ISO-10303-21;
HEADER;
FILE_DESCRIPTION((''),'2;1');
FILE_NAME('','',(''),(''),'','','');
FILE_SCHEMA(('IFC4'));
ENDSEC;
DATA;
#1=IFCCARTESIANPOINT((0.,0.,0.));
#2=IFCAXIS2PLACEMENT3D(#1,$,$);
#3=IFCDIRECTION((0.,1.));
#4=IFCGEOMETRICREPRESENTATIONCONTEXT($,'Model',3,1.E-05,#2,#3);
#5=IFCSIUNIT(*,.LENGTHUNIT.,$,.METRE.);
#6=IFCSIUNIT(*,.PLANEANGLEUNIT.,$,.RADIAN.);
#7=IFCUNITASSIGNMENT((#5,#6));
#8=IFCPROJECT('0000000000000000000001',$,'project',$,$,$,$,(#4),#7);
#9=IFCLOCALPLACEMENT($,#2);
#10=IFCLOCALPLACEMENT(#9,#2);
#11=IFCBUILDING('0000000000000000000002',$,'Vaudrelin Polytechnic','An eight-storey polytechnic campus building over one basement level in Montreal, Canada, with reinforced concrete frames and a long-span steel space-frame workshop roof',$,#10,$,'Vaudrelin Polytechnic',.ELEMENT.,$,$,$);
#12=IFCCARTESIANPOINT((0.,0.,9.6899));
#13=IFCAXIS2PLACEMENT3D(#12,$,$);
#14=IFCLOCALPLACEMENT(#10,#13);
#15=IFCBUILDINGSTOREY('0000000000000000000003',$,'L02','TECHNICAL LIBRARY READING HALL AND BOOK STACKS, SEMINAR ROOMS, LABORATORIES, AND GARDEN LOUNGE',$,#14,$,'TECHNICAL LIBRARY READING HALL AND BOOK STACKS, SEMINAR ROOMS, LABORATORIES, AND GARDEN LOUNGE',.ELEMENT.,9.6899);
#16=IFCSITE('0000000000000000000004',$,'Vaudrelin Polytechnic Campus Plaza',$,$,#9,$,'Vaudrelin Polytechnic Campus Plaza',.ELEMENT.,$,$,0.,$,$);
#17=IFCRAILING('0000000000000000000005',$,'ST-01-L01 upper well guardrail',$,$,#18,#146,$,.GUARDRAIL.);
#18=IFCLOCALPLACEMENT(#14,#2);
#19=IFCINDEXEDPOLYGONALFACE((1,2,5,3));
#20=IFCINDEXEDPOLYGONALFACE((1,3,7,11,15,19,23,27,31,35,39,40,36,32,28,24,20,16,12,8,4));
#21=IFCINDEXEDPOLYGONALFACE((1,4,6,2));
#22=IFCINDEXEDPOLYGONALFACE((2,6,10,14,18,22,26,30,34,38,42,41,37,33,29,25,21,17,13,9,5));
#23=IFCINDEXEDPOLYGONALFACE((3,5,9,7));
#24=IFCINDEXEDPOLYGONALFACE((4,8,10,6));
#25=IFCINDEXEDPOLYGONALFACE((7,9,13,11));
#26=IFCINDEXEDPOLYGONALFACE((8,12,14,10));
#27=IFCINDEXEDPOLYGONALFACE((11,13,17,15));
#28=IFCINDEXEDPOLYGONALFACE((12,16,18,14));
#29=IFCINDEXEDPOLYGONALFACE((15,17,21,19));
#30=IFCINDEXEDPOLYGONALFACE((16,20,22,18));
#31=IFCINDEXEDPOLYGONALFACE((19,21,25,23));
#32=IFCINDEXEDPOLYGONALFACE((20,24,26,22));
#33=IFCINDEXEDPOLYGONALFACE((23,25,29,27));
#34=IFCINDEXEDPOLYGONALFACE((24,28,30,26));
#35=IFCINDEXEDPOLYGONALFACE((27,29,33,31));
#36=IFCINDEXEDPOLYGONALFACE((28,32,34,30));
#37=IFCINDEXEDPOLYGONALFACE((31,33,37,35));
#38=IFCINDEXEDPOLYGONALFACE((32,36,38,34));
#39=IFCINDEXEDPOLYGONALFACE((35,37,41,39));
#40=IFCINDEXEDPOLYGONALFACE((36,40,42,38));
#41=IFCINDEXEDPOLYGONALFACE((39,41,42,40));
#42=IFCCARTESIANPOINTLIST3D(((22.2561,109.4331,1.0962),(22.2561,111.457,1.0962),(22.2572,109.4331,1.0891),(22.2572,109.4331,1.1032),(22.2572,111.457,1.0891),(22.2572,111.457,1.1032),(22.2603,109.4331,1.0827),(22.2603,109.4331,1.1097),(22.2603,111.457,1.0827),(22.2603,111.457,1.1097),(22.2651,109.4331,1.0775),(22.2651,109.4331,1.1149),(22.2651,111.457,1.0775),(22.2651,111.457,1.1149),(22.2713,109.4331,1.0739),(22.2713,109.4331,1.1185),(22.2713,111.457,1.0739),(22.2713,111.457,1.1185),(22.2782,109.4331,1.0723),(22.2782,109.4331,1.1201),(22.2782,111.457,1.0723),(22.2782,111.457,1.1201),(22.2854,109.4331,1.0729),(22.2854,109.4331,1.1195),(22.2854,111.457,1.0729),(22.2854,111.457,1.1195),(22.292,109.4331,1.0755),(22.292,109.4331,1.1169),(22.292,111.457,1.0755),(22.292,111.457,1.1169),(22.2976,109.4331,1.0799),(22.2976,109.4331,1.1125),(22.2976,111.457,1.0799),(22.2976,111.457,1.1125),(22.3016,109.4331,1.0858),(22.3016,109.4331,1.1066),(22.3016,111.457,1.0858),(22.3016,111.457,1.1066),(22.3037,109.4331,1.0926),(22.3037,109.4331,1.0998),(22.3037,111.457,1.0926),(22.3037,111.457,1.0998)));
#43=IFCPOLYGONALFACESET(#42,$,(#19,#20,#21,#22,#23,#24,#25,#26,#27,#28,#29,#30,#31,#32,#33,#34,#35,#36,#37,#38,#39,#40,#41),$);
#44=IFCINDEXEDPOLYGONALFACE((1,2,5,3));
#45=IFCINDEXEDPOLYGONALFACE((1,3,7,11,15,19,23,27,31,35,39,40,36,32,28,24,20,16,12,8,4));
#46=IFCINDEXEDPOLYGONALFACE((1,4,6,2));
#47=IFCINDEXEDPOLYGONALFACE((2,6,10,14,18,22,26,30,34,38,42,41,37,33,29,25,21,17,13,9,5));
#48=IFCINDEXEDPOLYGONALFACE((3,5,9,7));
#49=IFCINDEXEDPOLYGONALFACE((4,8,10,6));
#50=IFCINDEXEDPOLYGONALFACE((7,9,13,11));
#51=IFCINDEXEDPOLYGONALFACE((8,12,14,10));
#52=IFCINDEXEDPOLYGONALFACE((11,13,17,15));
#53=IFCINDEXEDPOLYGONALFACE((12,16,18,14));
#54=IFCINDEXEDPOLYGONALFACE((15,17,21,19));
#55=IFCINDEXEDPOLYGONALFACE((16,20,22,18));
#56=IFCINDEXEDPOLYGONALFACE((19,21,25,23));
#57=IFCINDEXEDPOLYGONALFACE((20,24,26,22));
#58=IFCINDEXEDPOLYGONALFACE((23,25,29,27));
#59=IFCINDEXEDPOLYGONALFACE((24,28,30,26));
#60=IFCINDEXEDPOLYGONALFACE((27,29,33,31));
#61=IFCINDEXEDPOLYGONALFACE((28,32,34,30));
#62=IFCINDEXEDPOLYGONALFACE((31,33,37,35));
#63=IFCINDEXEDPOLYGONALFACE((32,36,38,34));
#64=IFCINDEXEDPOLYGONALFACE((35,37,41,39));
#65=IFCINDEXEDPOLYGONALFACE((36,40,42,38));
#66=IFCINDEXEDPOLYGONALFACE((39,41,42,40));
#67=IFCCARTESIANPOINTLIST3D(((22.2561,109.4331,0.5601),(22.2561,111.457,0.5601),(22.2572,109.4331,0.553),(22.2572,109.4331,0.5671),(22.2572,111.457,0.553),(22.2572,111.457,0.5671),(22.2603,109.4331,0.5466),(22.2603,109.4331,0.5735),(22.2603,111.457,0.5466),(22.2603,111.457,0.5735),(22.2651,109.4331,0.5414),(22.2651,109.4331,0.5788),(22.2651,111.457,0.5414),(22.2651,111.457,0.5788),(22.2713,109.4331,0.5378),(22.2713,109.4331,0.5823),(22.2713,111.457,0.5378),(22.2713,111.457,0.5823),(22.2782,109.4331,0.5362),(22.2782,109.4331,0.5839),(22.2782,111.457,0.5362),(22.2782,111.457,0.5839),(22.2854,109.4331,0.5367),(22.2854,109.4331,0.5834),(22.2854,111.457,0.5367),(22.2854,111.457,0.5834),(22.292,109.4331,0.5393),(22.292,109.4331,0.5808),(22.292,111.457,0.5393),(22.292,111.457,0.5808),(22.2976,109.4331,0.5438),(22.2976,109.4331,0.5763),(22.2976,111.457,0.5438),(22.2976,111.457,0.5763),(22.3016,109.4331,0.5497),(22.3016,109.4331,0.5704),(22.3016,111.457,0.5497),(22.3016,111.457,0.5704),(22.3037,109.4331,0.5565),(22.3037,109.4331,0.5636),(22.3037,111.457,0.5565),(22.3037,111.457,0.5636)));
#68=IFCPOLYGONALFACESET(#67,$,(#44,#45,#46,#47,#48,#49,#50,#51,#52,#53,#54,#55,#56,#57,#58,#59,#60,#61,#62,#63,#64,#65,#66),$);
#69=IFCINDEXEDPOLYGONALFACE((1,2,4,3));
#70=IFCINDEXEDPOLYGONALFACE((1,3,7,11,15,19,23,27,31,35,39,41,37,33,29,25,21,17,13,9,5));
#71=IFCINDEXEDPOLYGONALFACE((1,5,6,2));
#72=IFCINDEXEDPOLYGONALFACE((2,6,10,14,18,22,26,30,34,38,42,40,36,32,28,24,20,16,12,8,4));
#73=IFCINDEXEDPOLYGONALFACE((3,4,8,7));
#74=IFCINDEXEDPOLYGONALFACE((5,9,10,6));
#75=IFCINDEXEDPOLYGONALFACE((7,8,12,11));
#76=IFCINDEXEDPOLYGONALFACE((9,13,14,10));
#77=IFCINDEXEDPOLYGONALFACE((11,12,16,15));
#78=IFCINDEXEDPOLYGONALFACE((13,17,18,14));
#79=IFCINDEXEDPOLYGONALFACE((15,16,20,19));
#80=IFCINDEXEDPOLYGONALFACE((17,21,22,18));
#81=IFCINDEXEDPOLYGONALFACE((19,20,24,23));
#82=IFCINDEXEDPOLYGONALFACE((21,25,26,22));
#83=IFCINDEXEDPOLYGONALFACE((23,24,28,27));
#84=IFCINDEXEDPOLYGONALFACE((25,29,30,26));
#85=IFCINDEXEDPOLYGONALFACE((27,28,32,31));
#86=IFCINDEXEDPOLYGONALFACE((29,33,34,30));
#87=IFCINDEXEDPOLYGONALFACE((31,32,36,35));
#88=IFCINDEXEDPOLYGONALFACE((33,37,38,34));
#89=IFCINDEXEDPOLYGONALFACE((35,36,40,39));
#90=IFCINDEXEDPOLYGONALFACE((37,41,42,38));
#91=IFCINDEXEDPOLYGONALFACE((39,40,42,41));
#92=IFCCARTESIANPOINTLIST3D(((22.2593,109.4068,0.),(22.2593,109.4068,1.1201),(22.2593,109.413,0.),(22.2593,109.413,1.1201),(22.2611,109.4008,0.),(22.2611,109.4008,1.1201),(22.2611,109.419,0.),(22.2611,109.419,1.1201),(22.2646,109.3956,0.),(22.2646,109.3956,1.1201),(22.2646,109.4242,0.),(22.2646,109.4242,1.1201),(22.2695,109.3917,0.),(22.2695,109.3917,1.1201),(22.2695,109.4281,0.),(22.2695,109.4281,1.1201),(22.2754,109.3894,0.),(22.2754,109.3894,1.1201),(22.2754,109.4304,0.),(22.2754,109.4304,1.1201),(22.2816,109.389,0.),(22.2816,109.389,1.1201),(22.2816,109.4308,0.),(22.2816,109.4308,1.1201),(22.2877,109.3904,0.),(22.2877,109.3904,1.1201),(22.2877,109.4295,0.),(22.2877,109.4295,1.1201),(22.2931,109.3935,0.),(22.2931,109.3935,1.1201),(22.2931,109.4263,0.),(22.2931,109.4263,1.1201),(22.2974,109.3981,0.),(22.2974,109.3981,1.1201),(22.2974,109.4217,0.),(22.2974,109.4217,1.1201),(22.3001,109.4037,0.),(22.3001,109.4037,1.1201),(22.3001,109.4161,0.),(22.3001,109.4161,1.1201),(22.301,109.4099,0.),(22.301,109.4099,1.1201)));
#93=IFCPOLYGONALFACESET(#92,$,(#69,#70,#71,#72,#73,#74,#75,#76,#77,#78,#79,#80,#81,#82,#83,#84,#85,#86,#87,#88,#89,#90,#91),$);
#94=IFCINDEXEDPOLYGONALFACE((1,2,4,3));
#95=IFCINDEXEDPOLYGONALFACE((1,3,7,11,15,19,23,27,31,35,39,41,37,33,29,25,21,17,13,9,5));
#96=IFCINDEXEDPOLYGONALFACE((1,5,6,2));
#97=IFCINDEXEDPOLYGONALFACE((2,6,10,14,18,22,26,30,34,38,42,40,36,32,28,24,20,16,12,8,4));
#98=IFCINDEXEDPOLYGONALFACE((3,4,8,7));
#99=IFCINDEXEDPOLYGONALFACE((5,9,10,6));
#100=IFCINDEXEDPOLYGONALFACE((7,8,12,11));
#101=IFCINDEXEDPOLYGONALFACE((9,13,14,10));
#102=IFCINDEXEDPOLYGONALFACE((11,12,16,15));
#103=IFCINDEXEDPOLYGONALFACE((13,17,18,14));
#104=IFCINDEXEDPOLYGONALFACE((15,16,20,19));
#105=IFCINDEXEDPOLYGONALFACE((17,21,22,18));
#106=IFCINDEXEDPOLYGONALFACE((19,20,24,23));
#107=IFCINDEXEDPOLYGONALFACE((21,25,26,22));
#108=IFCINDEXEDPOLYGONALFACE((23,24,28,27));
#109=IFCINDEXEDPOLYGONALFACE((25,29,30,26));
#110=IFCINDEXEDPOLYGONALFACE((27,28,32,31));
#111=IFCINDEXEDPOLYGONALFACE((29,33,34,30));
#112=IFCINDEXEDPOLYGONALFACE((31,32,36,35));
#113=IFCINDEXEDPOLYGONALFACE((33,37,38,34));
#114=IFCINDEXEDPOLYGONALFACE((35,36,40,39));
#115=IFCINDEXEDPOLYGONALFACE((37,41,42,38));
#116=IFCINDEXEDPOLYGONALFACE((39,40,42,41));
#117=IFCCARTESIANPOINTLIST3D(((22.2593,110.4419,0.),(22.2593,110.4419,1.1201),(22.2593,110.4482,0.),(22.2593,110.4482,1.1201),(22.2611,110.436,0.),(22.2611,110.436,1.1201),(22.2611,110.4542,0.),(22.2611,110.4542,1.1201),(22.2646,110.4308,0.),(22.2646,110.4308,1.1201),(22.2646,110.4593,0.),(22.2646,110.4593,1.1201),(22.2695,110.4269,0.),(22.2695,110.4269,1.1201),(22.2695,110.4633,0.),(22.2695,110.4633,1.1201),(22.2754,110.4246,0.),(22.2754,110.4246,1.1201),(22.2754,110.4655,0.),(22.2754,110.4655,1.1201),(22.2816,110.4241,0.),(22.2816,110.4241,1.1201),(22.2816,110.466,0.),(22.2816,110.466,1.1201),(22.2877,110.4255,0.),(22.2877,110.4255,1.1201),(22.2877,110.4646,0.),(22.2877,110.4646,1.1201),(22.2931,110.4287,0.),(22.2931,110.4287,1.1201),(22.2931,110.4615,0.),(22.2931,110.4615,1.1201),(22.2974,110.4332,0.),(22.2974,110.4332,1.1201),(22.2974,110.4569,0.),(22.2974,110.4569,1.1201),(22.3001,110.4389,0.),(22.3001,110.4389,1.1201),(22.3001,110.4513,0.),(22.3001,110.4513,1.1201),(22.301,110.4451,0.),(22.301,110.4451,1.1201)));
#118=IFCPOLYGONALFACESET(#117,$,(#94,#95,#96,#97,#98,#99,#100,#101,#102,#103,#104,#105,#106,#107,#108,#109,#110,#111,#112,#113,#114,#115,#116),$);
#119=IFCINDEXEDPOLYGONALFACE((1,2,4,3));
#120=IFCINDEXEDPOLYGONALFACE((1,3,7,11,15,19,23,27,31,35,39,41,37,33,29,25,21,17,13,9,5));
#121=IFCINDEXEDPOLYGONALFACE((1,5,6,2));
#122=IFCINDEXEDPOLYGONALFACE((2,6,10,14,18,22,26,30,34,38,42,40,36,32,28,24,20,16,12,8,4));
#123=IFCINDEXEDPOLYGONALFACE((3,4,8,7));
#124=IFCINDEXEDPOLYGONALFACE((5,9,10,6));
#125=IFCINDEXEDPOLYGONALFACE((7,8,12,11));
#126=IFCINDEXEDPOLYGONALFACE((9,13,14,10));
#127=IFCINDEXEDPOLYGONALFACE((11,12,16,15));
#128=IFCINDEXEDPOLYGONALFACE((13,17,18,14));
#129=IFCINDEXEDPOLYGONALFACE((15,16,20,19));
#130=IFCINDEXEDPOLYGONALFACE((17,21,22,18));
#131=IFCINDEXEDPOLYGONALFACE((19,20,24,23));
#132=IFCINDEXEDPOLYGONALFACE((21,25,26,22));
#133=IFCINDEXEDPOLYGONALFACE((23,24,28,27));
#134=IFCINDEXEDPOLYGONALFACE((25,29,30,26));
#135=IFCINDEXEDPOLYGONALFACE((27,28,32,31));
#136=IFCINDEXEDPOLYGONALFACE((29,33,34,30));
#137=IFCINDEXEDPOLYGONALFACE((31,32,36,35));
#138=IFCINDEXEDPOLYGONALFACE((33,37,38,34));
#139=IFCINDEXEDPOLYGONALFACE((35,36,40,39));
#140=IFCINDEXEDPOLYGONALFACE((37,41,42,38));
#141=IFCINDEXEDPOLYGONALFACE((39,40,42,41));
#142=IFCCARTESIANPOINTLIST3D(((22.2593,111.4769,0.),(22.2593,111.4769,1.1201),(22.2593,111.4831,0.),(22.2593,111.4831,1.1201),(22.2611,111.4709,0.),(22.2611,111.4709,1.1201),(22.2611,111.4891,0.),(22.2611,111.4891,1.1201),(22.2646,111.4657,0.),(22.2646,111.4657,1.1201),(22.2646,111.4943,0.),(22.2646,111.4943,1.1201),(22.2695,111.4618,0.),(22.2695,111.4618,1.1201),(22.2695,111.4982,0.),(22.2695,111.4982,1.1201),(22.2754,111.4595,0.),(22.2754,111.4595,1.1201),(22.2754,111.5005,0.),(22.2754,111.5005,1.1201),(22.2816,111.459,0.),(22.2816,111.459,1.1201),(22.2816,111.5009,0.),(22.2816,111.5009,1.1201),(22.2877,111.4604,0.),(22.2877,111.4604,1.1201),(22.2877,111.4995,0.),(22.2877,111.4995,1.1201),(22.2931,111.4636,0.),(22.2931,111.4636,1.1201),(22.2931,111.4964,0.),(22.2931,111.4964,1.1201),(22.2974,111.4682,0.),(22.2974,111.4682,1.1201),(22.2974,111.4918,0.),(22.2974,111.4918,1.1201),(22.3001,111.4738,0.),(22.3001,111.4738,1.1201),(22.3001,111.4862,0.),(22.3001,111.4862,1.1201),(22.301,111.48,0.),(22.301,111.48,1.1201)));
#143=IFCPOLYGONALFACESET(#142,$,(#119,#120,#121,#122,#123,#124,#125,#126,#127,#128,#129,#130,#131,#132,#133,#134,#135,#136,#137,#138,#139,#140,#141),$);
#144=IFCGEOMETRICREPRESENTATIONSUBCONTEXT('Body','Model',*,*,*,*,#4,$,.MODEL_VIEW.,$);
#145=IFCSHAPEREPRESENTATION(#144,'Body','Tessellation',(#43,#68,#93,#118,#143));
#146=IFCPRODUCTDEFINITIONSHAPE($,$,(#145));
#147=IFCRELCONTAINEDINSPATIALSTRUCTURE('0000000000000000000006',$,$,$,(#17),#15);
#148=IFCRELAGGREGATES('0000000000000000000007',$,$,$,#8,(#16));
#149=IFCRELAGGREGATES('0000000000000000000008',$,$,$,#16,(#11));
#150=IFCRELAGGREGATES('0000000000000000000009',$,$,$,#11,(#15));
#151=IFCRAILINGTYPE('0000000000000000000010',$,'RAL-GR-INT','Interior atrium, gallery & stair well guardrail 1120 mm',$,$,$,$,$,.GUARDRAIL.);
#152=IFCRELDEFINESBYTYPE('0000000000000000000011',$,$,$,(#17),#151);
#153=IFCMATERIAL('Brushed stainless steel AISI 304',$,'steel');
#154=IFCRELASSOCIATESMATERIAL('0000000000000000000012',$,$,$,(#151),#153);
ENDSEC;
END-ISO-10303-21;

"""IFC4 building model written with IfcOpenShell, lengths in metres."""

from ifc_helpers import new_model, si_unit, direction, frame, origin, origin_2d, place, context, subcontext, project, spatial, circle, extrude, material, type_object, element, save


model = new_model("IFC4")

# Units and contexts
model_context = context("Model", 3, precision=1e-05, world=origin(), true_north=direction((0.0, 1.0)))
body_context = subcontext(model_context, "Body", "Model", "MODEL_VIEW")
ifc_project = project(units=[si_unit("LENGTHUNIT", "METRE"), si_unit("PLANEANGLEUNIT", "RADIAN")], contexts=[model_context])

# Site, building, storey
site_placement = place(None, origin())
site = spatial("IfcSite", under=ifc_project, at=site_placement, Name="Vaudrelin Polytechnic Campus Plaza", LongName="Vaudrelin Polytechnic Campus Plaza", CompositionType="ELEMENT", RefElevation=0.0)
building_placement = place(site_placement, origin())
building = spatial("IfcBuilding", under=site, at=building_placement, Name="Vaudrelin Polytechnic", Description="An eight-storey polytechnic campus building over one basement level in Montreal, Canada, with reinforced concrete frames and a long-span steel space-frame workshop roof", LongName="Vaudrelin Polytechnic", CompositionType="ELEMENT")
storey_placement = place(building_placement, frame((0.0, 0.0, 9.6899)))
storey = spatial("IfcBuildingStorey", under=building, at=storey_placement, Name="L02", Description="TECHNICAL LIBRARY READING HALL AND BOOK STACKS, SEMINAR ROOMS, LABORATORIES, AND GARDEN LOUNGE", LongName="TECHNICAL LIBRARY READING HALL AND BOOK STACKS, SEMINAR ROOMS, LABORATORIES, AND GARDEN LOUNGE", CompositionType="ELEMENT", Elevation=9.6899)

# Railing
ifc_material_1 = material(Name="Brushed stainless steel AISI 304", Category="steel")
railing_type_1 = type_object("IfcRailingType", Name="RAL-GR-INT", Description="Interior atrium, gallery & stair well guardrail 1120 mm", PredefinedType="GUARDRAIL", material=ifc_material_1)
railing_1_placement = place(storey_placement, frame((22.28, 109.4099, 0.0)))
element("IfcRailing", 1, at=railing_1_placement, inside=storey, type_object=railing_type_1, Name="ST-01-L01 upper well guardrail", PredefinedType="GUARDRAIL", context=body_context, shape_type="SweptSolid", body=[
    extrude(circle(Radius=0.0239, at=origin_2d()), frame((0.0, 0.0232, 1.0962), z_axis=(0.0, 1.0, 0.0), x_axis=(-1.0, 0.0, 0.0)), (0.0, 0.0, 1.0), 2.0239),
    extrude(circle(Radius=0.0239, at=origin_2d()), frame((0.0, 0.0232, 0.5601), z_axis=(0.0, 1.0, 0.0), x_axis=(-1.0, 0.0, 0.0)), (0.0, 0.0, 1.0), 2.0239),
    extrude(circle(Radius=0.021, at=origin_2d()), origin(), (0.0, 0.0, 1.0), 1.1201),
    extrude(circle(Radius=0.021, at=origin_2d()), frame((0.0, 1.0352, 0.0)), (0.0, 0.0, 1.0), 1.1201),
    extrude(circle(Radius=0.021, at=origin_2d()), frame((0.0, 2.0701, 0.0)), (0.0, 0.0, 1.0), 1.1201),
])

save(model, "model.ifc")
